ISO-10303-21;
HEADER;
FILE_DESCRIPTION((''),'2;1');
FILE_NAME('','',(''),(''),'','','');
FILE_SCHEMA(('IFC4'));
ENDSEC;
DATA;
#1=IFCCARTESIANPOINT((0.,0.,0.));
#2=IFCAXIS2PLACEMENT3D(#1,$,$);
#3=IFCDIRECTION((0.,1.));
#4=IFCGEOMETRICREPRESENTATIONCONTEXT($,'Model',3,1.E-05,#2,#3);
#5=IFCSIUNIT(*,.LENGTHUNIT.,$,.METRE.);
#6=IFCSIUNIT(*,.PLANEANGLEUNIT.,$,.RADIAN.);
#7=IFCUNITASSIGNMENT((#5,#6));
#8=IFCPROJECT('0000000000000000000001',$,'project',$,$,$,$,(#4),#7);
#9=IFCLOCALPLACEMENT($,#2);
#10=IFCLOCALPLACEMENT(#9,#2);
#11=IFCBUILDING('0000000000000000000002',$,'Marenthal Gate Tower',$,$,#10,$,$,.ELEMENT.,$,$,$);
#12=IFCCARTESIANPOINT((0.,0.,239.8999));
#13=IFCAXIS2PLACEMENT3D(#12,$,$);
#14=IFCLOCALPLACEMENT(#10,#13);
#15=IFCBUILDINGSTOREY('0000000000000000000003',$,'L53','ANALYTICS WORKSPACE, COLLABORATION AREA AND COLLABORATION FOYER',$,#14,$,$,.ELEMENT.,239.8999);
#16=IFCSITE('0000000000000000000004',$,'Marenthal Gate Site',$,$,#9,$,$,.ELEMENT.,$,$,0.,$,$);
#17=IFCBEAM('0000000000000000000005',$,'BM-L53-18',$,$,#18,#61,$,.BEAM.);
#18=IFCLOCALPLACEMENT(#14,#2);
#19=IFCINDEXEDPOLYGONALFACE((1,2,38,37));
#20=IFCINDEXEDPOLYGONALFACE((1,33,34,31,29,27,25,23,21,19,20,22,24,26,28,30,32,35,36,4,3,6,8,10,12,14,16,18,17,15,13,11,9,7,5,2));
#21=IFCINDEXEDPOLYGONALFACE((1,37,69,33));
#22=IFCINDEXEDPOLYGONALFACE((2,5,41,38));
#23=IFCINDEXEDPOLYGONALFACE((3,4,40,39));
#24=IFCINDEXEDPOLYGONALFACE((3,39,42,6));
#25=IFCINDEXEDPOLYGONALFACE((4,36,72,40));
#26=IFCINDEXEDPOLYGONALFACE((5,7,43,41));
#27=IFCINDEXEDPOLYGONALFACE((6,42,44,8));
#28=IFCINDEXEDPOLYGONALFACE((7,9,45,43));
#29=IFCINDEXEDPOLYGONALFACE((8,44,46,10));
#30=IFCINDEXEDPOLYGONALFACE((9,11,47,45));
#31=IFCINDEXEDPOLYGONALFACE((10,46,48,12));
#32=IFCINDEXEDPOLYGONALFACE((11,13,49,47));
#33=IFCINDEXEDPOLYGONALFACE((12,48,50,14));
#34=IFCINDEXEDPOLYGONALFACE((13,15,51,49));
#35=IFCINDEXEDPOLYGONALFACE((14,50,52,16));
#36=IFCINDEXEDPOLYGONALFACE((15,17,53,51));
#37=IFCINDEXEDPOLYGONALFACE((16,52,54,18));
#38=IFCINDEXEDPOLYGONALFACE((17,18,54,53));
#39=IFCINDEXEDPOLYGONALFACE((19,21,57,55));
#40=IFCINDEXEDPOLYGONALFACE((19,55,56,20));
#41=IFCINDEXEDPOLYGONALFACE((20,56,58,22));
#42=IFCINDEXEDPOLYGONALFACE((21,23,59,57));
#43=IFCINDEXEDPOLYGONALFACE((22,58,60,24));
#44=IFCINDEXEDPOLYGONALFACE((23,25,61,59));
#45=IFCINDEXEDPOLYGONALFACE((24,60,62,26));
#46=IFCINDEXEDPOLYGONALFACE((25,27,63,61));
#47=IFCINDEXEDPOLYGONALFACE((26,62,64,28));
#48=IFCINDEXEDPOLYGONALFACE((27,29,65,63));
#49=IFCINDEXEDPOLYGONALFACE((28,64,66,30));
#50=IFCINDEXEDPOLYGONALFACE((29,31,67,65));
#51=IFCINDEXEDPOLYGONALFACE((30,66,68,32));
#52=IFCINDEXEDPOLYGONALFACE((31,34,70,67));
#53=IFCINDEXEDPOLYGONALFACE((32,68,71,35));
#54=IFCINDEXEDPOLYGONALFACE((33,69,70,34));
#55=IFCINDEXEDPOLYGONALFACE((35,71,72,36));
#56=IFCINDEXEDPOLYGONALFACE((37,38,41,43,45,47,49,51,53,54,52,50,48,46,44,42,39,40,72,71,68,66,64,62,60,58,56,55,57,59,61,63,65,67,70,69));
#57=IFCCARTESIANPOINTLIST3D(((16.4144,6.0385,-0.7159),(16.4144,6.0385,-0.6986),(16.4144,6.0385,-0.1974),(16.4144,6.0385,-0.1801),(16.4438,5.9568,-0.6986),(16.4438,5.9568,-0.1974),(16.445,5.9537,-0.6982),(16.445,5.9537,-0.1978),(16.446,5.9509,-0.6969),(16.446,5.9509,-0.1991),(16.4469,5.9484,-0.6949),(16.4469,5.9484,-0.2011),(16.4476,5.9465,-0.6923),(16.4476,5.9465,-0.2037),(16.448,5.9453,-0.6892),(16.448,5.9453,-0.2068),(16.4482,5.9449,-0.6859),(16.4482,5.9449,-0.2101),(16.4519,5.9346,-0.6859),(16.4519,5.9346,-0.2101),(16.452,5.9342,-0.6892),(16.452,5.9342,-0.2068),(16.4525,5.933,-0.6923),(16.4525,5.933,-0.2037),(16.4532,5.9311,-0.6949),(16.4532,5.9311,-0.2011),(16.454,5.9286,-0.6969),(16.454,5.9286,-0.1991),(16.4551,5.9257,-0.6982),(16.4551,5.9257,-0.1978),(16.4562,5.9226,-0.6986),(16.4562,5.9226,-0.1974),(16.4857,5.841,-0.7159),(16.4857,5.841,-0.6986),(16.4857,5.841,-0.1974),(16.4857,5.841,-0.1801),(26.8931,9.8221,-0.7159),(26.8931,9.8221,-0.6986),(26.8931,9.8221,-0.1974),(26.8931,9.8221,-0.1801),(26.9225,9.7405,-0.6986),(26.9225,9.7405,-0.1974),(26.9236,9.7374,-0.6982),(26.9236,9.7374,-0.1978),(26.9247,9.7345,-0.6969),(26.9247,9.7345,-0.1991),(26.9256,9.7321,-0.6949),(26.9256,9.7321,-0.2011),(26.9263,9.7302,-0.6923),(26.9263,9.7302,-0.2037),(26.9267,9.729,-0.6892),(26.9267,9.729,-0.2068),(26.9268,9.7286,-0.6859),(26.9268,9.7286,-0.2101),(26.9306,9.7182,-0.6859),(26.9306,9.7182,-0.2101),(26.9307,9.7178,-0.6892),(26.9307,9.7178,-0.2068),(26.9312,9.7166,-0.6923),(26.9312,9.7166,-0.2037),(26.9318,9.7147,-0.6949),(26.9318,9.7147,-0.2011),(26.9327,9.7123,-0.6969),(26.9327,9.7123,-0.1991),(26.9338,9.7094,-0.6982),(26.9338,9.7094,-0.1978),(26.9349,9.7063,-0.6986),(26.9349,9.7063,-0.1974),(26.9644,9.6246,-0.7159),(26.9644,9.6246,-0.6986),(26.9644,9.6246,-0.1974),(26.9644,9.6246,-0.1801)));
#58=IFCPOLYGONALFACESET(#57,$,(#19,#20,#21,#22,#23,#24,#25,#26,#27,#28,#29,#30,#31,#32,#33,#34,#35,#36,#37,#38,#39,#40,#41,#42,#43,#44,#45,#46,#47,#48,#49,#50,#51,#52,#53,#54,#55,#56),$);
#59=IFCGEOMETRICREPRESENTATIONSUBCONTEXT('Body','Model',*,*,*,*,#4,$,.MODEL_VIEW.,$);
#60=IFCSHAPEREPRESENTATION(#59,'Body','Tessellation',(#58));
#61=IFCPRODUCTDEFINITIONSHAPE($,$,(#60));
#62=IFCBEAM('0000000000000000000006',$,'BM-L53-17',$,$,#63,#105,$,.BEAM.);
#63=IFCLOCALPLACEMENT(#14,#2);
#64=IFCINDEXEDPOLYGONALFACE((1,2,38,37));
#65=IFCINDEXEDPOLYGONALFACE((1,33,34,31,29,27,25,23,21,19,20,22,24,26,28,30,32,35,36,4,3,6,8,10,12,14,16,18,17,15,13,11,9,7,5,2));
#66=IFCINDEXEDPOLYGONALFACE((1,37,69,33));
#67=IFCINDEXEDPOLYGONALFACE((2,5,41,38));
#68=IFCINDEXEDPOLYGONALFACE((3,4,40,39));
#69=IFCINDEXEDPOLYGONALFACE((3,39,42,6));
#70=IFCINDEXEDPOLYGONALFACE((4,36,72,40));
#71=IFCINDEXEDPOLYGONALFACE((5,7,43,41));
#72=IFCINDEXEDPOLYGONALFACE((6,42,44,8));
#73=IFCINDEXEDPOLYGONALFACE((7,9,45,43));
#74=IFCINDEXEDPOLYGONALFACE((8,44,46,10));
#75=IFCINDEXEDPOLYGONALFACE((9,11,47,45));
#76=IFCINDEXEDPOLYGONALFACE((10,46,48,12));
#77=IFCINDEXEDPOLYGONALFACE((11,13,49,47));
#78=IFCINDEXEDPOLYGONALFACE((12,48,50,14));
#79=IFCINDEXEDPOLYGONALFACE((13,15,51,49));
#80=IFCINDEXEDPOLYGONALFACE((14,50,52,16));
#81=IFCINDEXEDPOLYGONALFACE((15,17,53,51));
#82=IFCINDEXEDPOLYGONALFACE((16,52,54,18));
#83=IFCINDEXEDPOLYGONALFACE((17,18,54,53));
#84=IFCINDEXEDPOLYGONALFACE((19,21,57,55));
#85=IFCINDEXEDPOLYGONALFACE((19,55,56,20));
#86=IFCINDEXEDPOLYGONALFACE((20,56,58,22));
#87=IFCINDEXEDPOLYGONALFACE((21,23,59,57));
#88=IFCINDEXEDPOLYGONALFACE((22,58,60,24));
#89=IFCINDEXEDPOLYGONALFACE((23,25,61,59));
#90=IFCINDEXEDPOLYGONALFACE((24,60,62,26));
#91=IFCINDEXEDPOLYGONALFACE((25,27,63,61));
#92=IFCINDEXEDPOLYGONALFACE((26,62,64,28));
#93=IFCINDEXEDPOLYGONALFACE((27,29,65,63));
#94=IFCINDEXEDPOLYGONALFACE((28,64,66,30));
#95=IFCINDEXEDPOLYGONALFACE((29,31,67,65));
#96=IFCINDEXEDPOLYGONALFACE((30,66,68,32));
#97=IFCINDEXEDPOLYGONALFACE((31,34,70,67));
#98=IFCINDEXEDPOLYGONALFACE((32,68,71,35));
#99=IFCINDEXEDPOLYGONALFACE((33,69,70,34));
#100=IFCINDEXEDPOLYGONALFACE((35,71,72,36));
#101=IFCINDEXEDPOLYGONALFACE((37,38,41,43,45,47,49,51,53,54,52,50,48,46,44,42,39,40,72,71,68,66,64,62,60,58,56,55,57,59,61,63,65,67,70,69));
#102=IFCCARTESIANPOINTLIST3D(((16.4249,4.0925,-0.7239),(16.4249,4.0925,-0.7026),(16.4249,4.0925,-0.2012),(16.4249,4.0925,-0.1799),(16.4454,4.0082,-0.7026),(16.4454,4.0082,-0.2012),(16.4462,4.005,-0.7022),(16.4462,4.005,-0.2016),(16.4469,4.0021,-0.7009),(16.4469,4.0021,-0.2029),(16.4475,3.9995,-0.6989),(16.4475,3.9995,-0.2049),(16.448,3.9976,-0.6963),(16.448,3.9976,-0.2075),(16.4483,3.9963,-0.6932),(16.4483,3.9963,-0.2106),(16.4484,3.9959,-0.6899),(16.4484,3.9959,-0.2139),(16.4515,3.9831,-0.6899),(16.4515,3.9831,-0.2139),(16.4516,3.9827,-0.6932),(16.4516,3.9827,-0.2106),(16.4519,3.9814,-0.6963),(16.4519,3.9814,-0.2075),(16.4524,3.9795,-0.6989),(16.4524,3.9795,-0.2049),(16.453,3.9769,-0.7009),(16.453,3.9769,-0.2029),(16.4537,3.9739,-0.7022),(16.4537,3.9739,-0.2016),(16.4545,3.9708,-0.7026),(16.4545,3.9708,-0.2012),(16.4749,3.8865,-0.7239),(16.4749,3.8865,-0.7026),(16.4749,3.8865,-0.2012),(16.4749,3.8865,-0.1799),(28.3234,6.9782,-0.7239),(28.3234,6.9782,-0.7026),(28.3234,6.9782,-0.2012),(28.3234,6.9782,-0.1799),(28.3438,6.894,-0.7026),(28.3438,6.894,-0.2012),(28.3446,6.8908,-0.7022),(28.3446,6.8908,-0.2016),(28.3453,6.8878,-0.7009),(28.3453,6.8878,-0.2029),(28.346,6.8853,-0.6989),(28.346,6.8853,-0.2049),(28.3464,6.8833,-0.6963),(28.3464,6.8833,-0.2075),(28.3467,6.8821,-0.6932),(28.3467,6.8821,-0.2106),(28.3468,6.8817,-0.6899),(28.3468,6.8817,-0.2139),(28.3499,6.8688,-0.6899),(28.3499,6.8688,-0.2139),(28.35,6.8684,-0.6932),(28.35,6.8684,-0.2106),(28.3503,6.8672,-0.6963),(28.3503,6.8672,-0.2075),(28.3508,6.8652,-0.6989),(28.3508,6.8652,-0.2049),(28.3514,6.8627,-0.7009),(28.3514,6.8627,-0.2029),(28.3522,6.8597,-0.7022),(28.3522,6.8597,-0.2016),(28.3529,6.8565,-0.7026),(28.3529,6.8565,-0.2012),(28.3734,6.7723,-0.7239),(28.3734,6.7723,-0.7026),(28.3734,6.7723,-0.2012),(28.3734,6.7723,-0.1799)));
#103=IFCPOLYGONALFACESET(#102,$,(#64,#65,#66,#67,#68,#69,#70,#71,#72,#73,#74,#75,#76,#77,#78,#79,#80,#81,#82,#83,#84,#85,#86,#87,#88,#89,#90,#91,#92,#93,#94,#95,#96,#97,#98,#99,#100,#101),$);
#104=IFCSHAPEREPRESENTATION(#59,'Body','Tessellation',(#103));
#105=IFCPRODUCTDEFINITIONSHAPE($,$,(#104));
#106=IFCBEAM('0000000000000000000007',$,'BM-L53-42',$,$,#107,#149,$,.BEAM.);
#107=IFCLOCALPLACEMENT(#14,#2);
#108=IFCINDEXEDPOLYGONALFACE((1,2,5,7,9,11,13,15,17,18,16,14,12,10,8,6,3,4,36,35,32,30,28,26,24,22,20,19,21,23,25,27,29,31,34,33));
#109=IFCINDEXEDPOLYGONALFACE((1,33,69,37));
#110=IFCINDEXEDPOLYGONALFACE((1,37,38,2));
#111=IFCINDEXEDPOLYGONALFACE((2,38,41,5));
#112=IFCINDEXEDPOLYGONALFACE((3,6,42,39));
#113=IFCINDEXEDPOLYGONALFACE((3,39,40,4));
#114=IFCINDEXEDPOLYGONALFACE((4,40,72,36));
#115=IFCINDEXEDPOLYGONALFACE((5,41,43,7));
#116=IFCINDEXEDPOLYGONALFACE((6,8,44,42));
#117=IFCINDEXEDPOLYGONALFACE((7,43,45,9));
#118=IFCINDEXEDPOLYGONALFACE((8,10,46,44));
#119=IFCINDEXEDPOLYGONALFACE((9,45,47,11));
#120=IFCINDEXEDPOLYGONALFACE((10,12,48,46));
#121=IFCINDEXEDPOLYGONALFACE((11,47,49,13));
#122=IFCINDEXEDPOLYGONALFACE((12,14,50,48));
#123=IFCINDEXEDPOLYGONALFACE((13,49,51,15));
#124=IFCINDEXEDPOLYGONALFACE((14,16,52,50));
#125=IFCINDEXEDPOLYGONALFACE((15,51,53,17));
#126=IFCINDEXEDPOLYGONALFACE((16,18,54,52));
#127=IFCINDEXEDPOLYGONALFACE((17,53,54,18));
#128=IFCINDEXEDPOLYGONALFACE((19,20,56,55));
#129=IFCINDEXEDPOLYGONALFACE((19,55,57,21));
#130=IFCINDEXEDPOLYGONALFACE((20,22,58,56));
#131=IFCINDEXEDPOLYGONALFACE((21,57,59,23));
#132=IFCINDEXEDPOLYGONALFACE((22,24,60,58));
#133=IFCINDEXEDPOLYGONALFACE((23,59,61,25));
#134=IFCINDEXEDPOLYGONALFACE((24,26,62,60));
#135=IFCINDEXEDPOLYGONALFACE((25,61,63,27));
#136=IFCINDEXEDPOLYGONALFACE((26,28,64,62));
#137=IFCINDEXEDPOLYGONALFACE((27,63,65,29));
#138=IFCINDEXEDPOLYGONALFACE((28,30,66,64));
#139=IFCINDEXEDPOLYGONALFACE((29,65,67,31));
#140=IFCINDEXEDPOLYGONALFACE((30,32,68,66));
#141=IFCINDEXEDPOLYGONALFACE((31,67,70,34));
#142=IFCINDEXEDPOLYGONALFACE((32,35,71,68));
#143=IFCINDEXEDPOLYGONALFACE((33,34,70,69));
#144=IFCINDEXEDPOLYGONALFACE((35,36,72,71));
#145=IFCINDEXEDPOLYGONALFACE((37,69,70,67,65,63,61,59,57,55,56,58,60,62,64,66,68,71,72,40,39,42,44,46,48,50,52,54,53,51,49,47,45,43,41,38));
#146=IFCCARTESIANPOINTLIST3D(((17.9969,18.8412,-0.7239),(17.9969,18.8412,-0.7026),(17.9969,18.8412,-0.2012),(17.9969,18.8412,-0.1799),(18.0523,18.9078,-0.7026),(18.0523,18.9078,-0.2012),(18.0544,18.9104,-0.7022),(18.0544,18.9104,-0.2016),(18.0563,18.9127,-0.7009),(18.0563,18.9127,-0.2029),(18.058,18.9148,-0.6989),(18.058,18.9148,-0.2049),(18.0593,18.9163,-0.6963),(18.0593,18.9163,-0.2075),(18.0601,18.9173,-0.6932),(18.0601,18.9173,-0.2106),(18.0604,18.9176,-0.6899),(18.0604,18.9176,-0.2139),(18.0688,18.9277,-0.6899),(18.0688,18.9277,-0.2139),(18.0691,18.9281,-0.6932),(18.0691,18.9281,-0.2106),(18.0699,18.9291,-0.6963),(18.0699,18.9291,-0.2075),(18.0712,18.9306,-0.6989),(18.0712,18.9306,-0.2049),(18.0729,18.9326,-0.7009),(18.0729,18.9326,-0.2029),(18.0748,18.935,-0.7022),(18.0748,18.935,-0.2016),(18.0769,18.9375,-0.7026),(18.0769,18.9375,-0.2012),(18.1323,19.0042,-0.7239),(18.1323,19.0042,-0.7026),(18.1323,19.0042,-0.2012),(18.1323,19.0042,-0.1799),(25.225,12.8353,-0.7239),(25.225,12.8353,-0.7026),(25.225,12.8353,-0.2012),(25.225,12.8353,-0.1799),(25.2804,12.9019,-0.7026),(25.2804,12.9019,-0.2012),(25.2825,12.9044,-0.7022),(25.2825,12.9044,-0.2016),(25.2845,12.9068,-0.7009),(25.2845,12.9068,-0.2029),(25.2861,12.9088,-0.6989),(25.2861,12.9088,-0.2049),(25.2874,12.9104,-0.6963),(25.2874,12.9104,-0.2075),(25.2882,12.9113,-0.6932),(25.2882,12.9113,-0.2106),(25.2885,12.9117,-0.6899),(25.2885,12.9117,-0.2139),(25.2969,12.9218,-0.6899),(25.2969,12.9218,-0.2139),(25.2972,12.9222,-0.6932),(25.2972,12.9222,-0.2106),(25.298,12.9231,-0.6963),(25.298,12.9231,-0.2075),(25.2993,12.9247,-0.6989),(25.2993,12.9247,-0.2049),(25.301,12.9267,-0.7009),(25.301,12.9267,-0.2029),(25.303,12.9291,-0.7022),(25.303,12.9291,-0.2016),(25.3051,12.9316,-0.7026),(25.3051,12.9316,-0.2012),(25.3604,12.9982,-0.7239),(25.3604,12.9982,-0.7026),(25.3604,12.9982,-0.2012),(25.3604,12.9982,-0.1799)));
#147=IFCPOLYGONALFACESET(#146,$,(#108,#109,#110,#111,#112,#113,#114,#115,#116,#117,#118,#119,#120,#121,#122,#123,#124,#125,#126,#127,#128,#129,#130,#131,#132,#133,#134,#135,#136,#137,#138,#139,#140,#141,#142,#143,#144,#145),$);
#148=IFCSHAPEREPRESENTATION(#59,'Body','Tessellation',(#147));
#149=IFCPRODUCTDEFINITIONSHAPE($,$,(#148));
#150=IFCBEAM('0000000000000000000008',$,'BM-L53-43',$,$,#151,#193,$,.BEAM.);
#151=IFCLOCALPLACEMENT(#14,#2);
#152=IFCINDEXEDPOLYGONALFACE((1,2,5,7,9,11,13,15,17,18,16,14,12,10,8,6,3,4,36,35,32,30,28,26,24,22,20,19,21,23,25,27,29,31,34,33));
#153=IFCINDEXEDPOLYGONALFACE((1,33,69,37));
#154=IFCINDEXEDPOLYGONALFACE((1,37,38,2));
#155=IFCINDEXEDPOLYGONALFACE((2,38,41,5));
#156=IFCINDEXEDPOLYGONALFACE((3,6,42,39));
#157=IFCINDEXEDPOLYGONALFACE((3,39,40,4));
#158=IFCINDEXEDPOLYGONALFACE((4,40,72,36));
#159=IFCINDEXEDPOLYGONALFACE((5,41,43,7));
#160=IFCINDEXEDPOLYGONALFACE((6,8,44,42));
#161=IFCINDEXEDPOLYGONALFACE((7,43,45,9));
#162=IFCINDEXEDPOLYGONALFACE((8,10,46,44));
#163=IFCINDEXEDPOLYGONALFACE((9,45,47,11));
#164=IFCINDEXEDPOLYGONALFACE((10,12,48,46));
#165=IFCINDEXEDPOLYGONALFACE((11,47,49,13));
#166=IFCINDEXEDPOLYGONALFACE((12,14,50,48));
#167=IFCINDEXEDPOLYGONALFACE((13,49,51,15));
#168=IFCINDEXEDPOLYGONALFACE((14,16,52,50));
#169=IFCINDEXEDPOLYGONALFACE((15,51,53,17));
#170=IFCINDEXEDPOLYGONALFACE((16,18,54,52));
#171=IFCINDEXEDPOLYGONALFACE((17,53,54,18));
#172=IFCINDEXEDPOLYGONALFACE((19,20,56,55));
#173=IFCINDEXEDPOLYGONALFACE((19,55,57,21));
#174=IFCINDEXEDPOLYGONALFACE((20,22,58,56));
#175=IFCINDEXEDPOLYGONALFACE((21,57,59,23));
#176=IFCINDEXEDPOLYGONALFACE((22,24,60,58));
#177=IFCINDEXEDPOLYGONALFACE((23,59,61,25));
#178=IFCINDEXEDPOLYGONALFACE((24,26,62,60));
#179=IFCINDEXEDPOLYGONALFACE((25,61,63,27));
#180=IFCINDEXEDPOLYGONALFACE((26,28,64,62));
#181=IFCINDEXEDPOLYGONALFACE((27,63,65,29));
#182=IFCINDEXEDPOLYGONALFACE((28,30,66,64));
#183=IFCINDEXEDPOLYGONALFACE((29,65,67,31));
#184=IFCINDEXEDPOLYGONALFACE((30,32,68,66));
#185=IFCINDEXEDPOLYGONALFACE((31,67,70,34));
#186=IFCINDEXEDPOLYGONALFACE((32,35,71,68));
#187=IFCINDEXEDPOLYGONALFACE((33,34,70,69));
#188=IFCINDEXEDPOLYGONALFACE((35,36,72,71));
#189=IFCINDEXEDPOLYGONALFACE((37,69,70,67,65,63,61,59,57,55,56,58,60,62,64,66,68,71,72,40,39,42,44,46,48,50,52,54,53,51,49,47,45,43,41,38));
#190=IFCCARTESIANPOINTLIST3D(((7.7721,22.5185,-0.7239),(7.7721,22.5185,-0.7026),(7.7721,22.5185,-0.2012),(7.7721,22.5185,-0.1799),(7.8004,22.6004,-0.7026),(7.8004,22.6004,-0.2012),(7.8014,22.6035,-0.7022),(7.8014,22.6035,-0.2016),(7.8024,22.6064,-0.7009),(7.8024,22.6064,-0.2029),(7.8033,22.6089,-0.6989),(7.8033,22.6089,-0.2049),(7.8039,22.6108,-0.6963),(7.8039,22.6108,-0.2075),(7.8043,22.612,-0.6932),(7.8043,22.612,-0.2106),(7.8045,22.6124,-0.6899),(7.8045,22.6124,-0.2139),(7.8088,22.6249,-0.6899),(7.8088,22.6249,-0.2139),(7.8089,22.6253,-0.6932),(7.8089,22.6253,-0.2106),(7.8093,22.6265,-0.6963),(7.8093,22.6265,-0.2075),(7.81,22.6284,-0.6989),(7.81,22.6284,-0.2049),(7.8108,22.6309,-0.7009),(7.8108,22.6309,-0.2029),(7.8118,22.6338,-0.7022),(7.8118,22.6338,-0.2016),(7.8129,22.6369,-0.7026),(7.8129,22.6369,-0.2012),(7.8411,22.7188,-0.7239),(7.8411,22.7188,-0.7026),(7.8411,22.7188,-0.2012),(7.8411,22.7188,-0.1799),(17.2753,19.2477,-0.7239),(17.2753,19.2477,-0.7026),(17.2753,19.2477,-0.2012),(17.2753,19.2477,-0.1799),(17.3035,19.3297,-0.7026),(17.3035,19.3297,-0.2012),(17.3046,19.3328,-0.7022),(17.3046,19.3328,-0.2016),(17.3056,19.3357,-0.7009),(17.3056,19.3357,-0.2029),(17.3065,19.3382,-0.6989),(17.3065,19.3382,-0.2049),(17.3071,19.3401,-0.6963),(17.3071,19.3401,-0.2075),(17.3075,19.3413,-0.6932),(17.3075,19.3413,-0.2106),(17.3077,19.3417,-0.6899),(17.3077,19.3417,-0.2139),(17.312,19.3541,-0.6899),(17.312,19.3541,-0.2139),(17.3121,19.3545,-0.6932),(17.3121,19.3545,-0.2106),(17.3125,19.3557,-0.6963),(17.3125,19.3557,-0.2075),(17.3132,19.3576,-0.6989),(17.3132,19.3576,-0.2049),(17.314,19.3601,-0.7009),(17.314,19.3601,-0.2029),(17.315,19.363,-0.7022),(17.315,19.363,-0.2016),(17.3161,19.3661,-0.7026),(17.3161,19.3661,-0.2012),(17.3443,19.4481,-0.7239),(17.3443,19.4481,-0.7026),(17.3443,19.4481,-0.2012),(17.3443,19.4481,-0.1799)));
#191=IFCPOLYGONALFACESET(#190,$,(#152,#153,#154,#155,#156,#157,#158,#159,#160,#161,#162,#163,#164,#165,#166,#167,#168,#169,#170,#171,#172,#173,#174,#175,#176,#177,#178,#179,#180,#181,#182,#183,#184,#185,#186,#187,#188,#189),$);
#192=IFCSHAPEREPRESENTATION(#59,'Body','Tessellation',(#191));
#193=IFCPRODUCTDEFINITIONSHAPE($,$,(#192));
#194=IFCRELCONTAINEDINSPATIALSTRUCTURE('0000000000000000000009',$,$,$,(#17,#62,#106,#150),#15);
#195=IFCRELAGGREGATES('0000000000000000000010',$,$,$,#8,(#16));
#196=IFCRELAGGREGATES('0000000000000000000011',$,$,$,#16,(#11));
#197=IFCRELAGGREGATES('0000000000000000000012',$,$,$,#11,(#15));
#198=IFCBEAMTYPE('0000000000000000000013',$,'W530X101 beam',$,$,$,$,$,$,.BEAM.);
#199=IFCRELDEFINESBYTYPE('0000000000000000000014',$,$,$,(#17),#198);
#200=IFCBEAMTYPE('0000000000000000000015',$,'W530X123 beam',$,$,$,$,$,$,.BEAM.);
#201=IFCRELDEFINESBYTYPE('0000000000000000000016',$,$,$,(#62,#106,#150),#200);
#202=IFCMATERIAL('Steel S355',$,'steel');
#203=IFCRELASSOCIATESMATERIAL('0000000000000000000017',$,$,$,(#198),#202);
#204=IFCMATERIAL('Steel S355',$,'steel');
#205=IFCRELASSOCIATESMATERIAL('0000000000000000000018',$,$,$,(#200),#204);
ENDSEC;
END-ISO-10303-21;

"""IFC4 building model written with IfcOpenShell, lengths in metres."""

from ifc_helpers import new_model, si_unit, direction, frame, origin, origin_2d, place, context, subcontext, project, spatial, i_section, extrude, material, material_profile, profile_set, type_object, element, save


model = new_model("IFC4")

# Units and contexts
model_context = context("Model", 3, precision=1e-05, world=origin(), true_north=direction((0.0, 1.0)))
body_context = subcontext(model_context, "Body", "Model", "MODEL_VIEW")
ifc_project = project(units=[si_unit("LENGTHUNIT", "METRE"), si_unit("PLANEANGLEUNIT", "RADIAN")], contexts=[model_context])

# Site, building, storey
site_placement = place(None, origin())
site = spatial("IfcSite", under=ifc_project, at=site_placement, Name="Marenthal Gate Site", CompositionType="ELEMENT", RefElevation=0.0)
building_placement = place(site_placement, origin())
building = spatial("IfcBuilding", under=site, at=building_placement, Name="Marenthal Gate Tower", CompositionType="ELEMENT")
storey_placement = place(building_placement, frame((0.0, 0.0, 239.8999)))
storey = spatial("IfcBuildingStorey", under=building, at=storey_placement, Name="L53", Description="ANALYTICS WORKSPACE, COLLABORATION AREA AND COLLABORATION FOYER", CompositionType="ELEMENT", Elevation=239.8999)

# Beams
ifc_material_1 = material(Name="Steel S355", Category="steel")
ifc_material_profile_1 = material_profile(ifc_material_1, i_section(OverallWidth=0.21, OverallDepth=0.5359, WebThickness=0.011, FlangeThickness=0.0173, FilletRadius=0.0127, at=origin_2d()), Name="W530X101")
ifc_profile_set_1 = profile_set([ifc_material_profile_1], Name="Steel S355")
beam_type_1 = type_object("IfcBeamType", Name="W530X101 beam", PredefinedType="BEAM", material=ifc_profile_set_1)
beam_1_placement = place(storey_placement, frame((26.9287, 9.7234, -0.448), z_axis=(-0.940563, -0.33962, 0.0), x_axis=(0.33962, -0.940563, 0.0)))
element("IfcBeam", 1, at=beam_1_placement, inside=storey, type_object=beam_type_1, Name="BM-L53-18", PredefinedType="BEAM", context=body_context, shape_type="SweptSolid", body=[
    extrude(i_section(OverallWidth=0.21, OverallDepth=0.5359, WebThickness=0.011, FlangeThickness=0.0173, FilletRadius=0.0127, at=origin_2d()), origin(), (0.0, 0.0, 1.0), 11.1409),
])
ifc_material_2 = material(Name="Steel S355", Category="steel")
ifc_material_profile_2 = material_profile(ifc_material_2, i_section(OverallWidth=0.2119, OverallDepth=0.5439, WebThickness=0.0132, FlangeThickness=0.0212, FilletRadius=0.0127, at=origin_2d()), Name="W530X123")
ifc_profile_set_2 = profile_set([ifc_material_profile_2], Name="Steel S355")
beam_type_2 = type_object("IfcBeamType", Name="W530X123 beam", PredefinedType="BEAM", material=ifc_profile_set_2)
beam_2_placement = place(storey_placement, frame((28.3484, 6.8752, -0.4519), z_axis=(-0.971826, -0.235698, 0.0), x_axis=(0.235698, -0.971826, 0.0)))
element("IfcBeam", 2, at=beam_2_placement, inside=storey, type_object=beam_type_2, Name="BM-L53-17", PredefinedType="BEAM", context=body_context, shape_type="SweptSolid", body=[
    extrude(i_section(OverallWidth=0.2119, OverallDepth=0.5439, WebThickness=0.0132, FlangeThickness=0.0212, FilletRadius=0.0127, at=origin_2d()), origin(), (0.0, 0.0, 1.0), 12.2434),
])
beam_3_placement = place(storey_placement, frame((25.2927, 12.9167, -0.4519), z_axis=(-0.769136, 0.639085, 0.0), x_axis=(-0.639085, -0.769136, 0.0)))
element("IfcBeam", 3, at=beam_3_placement, inside=storey, type_object=beam_type_2, Name="BM-L53-42", PredefinedType="BEAM", context=body_context, shape_type="SweptSolid", body=[
    extrude(i_section(OverallWidth=0.2119, OverallDepth=0.5439, WebThickness=0.0132, FlangeThickness=0.0212, FilletRadius=0.0127, at=origin_2d()), origin(), (0.0, 0.0, 1.0), 9.3977),
])
beam_4_placement = place(storey_placement, frame((17.3098, 19.3479, -0.4519), z_axis=(-0.945563, 0.325439, 0.0), x_axis=(-0.325439, -0.945563, 0.0)))
element("IfcBeam", 4, at=beam_4_placement, inside=storey, type_object=beam_type_2, Name="BM-L53-43", PredefinedType="BEAM", context=body_context, shape_type="SweptSolid", body=[
    extrude(i_section(OverallWidth=0.2119, OverallDepth=0.5439, WebThickness=0.0132, FlangeThickness=0.0212, FilletRadius=0.0127, at=origin_2d()), origin(), (0.0, 0.0, 1.0), 10.0503),
])

save(model, "model.ifc")
